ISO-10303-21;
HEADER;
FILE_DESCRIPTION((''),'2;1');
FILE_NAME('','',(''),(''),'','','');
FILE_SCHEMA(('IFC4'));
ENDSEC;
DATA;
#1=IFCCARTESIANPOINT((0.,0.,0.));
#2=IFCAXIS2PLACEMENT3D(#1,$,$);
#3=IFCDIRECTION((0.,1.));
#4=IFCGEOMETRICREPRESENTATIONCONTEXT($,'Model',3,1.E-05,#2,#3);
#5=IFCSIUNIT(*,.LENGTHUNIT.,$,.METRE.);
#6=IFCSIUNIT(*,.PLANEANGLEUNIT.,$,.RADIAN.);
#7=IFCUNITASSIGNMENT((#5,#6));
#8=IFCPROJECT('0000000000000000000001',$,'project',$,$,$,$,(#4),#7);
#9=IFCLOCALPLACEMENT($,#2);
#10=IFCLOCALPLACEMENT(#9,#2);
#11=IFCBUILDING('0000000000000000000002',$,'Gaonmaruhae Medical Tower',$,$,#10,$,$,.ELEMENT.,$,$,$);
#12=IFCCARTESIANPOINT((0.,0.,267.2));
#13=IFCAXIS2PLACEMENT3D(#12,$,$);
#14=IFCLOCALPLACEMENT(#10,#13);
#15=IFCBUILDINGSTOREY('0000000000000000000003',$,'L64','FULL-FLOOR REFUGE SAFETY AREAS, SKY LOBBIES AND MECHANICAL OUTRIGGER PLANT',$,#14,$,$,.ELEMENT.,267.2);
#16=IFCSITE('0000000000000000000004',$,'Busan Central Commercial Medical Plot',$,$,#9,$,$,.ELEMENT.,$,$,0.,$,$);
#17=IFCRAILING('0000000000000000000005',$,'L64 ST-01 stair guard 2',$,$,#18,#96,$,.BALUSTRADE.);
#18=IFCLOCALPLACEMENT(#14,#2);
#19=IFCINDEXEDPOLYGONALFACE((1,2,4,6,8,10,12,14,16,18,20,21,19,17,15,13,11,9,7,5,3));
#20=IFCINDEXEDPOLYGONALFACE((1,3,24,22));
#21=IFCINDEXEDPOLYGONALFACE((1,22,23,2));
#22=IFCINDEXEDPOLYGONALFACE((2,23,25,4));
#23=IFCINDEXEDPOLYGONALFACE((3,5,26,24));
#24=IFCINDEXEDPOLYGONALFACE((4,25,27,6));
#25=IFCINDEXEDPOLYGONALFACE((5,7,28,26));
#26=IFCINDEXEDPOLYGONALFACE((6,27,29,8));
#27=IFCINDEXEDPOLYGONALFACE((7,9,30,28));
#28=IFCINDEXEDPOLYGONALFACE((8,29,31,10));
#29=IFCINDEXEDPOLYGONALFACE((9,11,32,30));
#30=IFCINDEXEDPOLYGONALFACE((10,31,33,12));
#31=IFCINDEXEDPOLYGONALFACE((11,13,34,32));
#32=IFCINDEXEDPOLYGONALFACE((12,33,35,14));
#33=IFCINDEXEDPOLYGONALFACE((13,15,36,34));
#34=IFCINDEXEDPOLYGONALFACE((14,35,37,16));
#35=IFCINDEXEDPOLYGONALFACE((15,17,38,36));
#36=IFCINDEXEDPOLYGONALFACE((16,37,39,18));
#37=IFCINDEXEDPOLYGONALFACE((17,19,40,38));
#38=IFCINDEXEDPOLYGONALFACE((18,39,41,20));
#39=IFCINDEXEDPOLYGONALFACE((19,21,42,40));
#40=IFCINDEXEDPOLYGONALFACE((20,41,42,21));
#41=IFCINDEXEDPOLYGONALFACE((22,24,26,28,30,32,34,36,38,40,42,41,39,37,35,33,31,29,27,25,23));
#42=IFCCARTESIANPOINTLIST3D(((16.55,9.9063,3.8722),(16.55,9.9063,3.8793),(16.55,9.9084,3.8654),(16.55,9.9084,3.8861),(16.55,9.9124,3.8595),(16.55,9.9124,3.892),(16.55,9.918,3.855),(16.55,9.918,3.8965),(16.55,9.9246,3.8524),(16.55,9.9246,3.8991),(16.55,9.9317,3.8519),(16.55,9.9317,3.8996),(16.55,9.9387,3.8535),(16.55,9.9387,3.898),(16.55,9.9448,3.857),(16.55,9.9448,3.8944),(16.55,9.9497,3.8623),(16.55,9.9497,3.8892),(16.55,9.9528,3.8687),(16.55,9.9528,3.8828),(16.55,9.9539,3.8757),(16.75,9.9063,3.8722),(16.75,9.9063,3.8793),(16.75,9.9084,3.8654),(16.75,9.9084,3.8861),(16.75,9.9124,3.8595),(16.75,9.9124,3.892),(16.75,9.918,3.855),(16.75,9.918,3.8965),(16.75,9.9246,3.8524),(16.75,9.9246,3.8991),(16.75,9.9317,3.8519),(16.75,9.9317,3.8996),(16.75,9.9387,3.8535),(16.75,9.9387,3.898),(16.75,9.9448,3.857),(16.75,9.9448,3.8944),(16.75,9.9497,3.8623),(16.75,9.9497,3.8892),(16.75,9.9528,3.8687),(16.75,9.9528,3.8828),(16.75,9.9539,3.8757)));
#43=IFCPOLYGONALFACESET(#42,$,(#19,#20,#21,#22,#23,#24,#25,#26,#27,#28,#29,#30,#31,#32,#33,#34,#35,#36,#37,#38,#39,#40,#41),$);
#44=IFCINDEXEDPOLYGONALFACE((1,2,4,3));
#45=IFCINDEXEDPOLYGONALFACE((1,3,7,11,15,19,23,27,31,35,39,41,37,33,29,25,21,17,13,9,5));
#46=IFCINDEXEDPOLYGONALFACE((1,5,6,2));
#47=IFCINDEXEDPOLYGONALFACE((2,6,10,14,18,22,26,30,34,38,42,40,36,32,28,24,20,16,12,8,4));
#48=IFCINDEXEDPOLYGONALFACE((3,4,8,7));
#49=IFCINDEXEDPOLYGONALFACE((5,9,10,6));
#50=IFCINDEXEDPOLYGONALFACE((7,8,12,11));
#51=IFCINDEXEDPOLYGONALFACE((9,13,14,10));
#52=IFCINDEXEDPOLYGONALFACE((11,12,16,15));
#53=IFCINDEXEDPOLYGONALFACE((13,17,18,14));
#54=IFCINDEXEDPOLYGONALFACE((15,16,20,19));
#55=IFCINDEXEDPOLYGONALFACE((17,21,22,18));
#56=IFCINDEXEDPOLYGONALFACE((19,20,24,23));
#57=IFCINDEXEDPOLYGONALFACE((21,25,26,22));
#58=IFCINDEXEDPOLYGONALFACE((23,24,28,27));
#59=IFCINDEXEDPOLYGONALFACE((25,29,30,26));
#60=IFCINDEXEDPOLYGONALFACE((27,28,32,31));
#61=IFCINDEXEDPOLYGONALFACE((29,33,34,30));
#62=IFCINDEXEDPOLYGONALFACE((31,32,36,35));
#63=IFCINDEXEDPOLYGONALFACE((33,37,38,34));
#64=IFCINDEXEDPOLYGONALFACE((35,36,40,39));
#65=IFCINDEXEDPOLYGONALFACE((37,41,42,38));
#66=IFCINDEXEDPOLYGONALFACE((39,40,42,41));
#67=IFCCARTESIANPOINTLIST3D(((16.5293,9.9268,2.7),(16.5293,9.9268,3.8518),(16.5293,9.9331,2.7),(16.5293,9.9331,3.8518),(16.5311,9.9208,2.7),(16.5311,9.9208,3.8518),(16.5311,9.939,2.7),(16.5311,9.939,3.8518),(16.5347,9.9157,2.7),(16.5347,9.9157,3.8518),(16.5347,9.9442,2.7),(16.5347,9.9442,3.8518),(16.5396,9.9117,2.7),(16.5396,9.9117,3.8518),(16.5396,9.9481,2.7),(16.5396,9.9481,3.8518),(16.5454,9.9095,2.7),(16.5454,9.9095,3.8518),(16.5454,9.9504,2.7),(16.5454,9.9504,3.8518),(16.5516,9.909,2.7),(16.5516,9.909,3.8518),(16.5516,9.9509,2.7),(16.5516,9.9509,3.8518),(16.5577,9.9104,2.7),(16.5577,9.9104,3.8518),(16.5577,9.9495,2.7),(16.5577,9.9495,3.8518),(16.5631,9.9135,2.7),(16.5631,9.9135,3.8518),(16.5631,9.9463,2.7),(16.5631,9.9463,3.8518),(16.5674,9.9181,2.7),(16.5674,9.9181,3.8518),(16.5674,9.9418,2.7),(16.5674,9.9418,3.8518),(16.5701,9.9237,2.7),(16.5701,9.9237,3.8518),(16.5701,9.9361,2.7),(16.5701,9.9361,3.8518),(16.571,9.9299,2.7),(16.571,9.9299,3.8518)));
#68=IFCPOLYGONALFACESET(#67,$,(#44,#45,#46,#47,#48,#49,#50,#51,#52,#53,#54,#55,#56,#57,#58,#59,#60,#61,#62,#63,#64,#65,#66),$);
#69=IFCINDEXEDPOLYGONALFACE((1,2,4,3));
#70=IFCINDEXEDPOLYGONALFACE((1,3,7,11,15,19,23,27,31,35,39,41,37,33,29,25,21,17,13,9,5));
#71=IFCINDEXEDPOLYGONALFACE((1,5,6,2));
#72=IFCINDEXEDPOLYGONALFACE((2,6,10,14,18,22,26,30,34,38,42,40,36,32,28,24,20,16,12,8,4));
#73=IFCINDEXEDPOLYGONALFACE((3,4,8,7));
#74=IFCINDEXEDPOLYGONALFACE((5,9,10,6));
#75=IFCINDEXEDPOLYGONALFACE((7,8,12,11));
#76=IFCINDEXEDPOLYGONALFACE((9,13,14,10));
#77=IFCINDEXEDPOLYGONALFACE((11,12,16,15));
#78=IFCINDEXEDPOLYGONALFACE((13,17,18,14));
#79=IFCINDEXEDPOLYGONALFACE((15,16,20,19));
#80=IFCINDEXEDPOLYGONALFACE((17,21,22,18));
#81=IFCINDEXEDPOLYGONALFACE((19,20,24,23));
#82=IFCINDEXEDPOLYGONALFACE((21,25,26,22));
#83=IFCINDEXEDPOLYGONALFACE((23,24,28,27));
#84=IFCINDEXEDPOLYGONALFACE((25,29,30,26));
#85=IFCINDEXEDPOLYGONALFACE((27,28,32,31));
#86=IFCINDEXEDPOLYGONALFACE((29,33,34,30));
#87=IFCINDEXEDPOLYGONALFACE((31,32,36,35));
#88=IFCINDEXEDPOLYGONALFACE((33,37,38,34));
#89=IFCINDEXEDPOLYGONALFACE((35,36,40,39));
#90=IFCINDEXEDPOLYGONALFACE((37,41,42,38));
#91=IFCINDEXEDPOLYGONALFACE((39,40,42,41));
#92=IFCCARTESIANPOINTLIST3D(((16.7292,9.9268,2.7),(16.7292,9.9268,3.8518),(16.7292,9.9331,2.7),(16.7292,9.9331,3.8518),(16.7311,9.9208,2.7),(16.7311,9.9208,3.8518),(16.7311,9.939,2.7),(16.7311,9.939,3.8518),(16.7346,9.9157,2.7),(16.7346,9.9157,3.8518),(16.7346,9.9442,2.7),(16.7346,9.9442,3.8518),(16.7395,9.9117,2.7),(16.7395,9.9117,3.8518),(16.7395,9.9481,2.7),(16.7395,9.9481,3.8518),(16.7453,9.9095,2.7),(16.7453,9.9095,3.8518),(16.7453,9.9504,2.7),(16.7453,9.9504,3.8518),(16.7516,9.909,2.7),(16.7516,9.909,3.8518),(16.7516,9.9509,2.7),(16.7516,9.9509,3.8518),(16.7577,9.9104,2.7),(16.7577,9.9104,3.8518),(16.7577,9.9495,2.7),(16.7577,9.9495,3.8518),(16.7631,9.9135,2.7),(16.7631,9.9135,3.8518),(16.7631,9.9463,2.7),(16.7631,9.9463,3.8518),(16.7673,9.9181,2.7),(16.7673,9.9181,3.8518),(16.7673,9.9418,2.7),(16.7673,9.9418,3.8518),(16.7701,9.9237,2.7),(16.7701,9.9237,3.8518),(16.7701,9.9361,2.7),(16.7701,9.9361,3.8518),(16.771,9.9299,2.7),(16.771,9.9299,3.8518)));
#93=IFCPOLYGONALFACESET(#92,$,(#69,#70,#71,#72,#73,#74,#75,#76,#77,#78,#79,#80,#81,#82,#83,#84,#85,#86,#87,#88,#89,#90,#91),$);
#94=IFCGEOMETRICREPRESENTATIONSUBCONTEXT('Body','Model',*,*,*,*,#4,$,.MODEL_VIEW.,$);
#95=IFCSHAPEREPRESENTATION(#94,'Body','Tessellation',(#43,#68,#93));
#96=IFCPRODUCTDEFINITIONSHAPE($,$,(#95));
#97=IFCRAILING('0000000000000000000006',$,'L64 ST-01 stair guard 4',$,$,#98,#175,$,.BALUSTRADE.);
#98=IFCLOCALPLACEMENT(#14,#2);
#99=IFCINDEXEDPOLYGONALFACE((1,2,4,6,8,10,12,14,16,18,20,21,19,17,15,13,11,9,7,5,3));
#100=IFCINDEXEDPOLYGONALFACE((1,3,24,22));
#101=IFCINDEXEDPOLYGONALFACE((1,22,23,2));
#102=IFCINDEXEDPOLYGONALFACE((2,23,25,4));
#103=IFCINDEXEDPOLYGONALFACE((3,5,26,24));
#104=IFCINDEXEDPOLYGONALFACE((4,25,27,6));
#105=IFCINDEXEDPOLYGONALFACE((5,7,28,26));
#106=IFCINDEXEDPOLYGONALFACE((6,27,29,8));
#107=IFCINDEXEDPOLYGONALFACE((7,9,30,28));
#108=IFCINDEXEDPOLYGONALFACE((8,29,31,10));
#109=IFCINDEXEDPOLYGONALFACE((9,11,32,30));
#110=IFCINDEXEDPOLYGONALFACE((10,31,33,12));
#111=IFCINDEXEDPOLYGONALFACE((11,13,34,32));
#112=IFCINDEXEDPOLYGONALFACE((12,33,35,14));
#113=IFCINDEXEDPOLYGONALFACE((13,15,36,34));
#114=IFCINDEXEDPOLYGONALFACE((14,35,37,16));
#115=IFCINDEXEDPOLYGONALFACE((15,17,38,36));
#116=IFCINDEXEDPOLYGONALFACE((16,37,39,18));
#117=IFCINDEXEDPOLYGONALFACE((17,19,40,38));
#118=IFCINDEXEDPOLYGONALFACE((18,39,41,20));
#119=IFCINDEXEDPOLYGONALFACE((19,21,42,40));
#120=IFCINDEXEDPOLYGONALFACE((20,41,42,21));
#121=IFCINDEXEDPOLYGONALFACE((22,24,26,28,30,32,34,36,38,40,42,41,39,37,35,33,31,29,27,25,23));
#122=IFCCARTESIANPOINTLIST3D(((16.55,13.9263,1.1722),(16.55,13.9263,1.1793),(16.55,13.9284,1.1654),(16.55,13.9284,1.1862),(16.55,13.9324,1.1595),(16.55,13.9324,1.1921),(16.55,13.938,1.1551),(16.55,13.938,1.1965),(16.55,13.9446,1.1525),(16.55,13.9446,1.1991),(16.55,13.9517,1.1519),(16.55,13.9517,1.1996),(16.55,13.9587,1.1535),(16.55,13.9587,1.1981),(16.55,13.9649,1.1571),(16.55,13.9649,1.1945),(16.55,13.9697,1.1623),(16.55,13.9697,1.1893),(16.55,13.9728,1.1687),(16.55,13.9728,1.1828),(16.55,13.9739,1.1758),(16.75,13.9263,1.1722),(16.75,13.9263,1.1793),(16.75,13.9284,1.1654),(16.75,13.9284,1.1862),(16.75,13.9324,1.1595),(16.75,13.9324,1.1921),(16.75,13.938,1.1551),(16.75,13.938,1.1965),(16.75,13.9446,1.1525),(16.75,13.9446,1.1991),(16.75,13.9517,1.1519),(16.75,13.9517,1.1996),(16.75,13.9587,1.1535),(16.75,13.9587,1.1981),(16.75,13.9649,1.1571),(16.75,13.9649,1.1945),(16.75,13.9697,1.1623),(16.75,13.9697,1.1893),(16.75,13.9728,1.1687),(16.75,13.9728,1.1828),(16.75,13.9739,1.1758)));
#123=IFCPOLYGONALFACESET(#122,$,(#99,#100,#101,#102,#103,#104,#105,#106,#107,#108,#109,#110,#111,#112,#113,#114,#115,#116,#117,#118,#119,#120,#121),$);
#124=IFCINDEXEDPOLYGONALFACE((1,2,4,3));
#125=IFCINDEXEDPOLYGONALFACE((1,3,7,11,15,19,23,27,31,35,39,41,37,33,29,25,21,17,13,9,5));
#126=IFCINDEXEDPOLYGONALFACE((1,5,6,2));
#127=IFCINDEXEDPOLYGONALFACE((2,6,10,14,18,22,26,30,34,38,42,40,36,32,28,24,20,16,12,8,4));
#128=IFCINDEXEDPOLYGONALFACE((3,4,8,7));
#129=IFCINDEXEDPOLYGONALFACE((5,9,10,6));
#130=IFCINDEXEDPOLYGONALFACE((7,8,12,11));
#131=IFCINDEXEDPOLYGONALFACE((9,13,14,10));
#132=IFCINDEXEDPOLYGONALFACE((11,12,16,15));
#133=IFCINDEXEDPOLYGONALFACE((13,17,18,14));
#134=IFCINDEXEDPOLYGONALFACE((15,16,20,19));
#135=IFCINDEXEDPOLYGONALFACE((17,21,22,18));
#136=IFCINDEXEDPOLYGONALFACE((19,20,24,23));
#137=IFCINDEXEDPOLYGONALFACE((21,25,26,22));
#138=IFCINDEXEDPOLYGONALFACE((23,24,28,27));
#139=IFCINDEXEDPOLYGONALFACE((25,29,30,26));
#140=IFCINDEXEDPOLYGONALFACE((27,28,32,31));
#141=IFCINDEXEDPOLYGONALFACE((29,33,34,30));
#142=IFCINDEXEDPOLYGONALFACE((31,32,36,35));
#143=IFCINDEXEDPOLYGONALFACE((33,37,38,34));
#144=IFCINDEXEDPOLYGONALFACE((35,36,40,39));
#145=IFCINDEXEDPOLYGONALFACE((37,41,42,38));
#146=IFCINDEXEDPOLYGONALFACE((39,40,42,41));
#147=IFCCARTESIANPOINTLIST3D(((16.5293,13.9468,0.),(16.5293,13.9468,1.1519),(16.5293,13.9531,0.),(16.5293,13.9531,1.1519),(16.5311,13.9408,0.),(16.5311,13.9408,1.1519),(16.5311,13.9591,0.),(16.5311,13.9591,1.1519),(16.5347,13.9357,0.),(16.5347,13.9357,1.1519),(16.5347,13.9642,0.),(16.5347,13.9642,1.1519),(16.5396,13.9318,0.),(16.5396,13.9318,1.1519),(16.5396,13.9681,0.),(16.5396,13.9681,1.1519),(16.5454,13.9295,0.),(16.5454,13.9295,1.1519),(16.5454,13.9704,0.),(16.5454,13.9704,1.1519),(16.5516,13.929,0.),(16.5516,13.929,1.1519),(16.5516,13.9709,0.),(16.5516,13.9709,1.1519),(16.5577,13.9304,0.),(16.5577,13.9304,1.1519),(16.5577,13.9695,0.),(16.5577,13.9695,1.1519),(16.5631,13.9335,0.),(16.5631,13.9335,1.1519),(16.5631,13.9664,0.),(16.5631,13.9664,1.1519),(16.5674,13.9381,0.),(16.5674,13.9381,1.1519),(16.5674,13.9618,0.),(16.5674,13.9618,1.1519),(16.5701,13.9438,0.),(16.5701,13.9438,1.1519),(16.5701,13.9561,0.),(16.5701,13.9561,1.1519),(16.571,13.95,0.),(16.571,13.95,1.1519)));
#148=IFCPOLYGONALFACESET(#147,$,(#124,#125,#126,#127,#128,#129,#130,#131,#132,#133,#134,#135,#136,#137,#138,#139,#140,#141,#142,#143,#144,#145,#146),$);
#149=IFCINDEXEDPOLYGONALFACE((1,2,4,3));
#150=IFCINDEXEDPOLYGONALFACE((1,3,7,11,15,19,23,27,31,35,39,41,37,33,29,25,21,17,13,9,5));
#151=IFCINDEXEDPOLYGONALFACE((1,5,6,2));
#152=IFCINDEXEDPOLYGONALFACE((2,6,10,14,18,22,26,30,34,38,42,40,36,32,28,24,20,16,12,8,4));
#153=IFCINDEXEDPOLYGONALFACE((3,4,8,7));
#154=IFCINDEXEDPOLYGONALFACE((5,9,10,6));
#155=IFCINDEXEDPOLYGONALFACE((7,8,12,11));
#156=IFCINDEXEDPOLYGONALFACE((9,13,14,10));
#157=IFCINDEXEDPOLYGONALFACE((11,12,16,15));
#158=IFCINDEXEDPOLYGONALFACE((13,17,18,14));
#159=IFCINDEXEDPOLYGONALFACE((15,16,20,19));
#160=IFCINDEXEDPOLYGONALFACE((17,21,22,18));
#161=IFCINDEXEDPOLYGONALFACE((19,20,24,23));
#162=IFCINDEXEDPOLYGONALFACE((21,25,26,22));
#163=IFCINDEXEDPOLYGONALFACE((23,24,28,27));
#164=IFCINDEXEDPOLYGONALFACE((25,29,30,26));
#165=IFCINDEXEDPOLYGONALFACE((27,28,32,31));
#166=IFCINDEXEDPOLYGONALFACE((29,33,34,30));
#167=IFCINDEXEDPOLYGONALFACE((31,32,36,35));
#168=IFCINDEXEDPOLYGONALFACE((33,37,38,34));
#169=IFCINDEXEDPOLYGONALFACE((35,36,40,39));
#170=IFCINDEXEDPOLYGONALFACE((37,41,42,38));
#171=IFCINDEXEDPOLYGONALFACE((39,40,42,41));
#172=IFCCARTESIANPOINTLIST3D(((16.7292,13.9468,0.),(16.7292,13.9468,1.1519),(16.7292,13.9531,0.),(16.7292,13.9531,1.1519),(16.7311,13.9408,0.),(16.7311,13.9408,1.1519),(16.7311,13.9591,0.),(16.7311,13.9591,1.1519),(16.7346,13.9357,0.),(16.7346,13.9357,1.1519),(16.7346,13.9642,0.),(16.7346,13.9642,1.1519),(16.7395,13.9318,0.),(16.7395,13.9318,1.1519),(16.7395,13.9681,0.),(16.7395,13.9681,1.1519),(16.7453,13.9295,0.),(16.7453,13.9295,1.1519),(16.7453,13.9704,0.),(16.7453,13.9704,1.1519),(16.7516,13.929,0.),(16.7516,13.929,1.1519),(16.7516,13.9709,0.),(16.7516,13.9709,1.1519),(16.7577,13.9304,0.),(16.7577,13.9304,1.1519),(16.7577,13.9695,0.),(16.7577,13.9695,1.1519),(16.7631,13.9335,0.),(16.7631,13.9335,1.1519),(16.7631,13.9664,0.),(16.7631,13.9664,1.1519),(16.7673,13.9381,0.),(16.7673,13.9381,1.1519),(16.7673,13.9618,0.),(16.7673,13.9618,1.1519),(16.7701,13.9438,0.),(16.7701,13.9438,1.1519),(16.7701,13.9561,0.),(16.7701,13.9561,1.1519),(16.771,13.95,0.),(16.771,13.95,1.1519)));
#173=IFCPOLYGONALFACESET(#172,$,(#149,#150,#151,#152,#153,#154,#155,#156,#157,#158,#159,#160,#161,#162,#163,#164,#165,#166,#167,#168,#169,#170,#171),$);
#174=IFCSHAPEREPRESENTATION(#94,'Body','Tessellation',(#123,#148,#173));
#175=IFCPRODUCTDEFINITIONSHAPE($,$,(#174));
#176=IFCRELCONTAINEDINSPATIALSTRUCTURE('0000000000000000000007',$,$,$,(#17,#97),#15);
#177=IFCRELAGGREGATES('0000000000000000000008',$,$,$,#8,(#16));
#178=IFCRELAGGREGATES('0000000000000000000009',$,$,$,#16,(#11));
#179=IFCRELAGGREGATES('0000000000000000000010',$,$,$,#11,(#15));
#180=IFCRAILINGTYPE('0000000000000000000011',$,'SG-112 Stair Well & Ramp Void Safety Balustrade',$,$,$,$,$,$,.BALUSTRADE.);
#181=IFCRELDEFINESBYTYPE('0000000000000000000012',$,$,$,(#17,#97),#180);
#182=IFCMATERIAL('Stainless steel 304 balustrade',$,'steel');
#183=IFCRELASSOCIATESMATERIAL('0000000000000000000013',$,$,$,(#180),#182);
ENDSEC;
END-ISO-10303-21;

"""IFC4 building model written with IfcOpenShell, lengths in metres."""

from ifc_helpers import new_model, si_unit, direction, frame, origin, origin_2d, place, context, subcontext, project, spatial, circle, extrude, material, type_object, element, save


model = new_model("IFC4")

# Units and contexts
model_context = context("Model", 3, precision=1e-05, world=origin(), true_north=direction((0.0, 1.0)))
body_context = subcontext(model_context, "Body", "Model", "MODEL_VIEW")
ifc_project = project(units=[si_unit("LENGTHUNIT", "METRE"), si_unit("PLANEANGLEUNIT", "RADIAN")], contexts=[model_context])

# Site, building, storey
site_placement = place(None, origin())
site = spatial("IfcSite", under=ifc_project, at=site_placement, Name="Busan Central Commercial Medical Plot", CompositionType="ELEMENT", RefElevation=0.0)
building_placement = place(site_placement, origin())
building = spatial("IfcBuilding", under=site, at=building_placement, Name="Gaonmaruhae Medical Tower", CompositionType="ELEMENT")
storey_placement = place(building_placement, frame((0.0, 0.0, 267.2)))
storey = spatial("IfcBuildingStorey", under=building, at=storey_placement, Name="L64", Description="FULL-FLOOR REFUGE SAFETY AREAS, SKY LOBBIES AND MECHANICAL OUTRIGGER PLANT", CompositionType="ELEMENT", Elevation=267.2)

# Railings
ifc_material_1 = material(Name="Stainless steel 304 balustrade", Category="steel")
railing_type_1 = type_object("IfcRailingType", Name="SG-112 Stair Well & Ramp Void Safety Balustrade", PredefinedType="BALUSTRADE", material=ifc_material_1)
for number, where, name in (
    (1, (16.55, 9.9299, 2.7), "L64 ST-01 stair guard 2"),
    (2, (16.55, 13.95, 0.0), "L64 ST-01 stair guard 4"),
):
    element("IfcRailing", number, at=place(storey_placement, frame(where)), inside=storey, type_object=railing_type_1, Name=name, PredefinedType="BALUSTRADE", context=body_context, shape_type="SweptSolid", body=[
        extrude(circle(Radius=0.0239, at=origin_2d()), frame((0.0, 0.0, 1.1758), z_axis=(1.0, 0.0, 0.0), x_axis=(0.0, 1.0, 0.0)), (0.0, 0.0, 1.0), 0.2),
        extrude(circle(Radius=0.021, at=origin_2d()), origin(), (0.0, 0.0, 1.0), 1.1519),
        extrude(circle(Radius=0.021, at=origin_2d()), frame((0.2, 0.0, 0.0)), (0.0, 0.0, 1.0), 1.1519),
    ])

save(model, "model.ifc")
